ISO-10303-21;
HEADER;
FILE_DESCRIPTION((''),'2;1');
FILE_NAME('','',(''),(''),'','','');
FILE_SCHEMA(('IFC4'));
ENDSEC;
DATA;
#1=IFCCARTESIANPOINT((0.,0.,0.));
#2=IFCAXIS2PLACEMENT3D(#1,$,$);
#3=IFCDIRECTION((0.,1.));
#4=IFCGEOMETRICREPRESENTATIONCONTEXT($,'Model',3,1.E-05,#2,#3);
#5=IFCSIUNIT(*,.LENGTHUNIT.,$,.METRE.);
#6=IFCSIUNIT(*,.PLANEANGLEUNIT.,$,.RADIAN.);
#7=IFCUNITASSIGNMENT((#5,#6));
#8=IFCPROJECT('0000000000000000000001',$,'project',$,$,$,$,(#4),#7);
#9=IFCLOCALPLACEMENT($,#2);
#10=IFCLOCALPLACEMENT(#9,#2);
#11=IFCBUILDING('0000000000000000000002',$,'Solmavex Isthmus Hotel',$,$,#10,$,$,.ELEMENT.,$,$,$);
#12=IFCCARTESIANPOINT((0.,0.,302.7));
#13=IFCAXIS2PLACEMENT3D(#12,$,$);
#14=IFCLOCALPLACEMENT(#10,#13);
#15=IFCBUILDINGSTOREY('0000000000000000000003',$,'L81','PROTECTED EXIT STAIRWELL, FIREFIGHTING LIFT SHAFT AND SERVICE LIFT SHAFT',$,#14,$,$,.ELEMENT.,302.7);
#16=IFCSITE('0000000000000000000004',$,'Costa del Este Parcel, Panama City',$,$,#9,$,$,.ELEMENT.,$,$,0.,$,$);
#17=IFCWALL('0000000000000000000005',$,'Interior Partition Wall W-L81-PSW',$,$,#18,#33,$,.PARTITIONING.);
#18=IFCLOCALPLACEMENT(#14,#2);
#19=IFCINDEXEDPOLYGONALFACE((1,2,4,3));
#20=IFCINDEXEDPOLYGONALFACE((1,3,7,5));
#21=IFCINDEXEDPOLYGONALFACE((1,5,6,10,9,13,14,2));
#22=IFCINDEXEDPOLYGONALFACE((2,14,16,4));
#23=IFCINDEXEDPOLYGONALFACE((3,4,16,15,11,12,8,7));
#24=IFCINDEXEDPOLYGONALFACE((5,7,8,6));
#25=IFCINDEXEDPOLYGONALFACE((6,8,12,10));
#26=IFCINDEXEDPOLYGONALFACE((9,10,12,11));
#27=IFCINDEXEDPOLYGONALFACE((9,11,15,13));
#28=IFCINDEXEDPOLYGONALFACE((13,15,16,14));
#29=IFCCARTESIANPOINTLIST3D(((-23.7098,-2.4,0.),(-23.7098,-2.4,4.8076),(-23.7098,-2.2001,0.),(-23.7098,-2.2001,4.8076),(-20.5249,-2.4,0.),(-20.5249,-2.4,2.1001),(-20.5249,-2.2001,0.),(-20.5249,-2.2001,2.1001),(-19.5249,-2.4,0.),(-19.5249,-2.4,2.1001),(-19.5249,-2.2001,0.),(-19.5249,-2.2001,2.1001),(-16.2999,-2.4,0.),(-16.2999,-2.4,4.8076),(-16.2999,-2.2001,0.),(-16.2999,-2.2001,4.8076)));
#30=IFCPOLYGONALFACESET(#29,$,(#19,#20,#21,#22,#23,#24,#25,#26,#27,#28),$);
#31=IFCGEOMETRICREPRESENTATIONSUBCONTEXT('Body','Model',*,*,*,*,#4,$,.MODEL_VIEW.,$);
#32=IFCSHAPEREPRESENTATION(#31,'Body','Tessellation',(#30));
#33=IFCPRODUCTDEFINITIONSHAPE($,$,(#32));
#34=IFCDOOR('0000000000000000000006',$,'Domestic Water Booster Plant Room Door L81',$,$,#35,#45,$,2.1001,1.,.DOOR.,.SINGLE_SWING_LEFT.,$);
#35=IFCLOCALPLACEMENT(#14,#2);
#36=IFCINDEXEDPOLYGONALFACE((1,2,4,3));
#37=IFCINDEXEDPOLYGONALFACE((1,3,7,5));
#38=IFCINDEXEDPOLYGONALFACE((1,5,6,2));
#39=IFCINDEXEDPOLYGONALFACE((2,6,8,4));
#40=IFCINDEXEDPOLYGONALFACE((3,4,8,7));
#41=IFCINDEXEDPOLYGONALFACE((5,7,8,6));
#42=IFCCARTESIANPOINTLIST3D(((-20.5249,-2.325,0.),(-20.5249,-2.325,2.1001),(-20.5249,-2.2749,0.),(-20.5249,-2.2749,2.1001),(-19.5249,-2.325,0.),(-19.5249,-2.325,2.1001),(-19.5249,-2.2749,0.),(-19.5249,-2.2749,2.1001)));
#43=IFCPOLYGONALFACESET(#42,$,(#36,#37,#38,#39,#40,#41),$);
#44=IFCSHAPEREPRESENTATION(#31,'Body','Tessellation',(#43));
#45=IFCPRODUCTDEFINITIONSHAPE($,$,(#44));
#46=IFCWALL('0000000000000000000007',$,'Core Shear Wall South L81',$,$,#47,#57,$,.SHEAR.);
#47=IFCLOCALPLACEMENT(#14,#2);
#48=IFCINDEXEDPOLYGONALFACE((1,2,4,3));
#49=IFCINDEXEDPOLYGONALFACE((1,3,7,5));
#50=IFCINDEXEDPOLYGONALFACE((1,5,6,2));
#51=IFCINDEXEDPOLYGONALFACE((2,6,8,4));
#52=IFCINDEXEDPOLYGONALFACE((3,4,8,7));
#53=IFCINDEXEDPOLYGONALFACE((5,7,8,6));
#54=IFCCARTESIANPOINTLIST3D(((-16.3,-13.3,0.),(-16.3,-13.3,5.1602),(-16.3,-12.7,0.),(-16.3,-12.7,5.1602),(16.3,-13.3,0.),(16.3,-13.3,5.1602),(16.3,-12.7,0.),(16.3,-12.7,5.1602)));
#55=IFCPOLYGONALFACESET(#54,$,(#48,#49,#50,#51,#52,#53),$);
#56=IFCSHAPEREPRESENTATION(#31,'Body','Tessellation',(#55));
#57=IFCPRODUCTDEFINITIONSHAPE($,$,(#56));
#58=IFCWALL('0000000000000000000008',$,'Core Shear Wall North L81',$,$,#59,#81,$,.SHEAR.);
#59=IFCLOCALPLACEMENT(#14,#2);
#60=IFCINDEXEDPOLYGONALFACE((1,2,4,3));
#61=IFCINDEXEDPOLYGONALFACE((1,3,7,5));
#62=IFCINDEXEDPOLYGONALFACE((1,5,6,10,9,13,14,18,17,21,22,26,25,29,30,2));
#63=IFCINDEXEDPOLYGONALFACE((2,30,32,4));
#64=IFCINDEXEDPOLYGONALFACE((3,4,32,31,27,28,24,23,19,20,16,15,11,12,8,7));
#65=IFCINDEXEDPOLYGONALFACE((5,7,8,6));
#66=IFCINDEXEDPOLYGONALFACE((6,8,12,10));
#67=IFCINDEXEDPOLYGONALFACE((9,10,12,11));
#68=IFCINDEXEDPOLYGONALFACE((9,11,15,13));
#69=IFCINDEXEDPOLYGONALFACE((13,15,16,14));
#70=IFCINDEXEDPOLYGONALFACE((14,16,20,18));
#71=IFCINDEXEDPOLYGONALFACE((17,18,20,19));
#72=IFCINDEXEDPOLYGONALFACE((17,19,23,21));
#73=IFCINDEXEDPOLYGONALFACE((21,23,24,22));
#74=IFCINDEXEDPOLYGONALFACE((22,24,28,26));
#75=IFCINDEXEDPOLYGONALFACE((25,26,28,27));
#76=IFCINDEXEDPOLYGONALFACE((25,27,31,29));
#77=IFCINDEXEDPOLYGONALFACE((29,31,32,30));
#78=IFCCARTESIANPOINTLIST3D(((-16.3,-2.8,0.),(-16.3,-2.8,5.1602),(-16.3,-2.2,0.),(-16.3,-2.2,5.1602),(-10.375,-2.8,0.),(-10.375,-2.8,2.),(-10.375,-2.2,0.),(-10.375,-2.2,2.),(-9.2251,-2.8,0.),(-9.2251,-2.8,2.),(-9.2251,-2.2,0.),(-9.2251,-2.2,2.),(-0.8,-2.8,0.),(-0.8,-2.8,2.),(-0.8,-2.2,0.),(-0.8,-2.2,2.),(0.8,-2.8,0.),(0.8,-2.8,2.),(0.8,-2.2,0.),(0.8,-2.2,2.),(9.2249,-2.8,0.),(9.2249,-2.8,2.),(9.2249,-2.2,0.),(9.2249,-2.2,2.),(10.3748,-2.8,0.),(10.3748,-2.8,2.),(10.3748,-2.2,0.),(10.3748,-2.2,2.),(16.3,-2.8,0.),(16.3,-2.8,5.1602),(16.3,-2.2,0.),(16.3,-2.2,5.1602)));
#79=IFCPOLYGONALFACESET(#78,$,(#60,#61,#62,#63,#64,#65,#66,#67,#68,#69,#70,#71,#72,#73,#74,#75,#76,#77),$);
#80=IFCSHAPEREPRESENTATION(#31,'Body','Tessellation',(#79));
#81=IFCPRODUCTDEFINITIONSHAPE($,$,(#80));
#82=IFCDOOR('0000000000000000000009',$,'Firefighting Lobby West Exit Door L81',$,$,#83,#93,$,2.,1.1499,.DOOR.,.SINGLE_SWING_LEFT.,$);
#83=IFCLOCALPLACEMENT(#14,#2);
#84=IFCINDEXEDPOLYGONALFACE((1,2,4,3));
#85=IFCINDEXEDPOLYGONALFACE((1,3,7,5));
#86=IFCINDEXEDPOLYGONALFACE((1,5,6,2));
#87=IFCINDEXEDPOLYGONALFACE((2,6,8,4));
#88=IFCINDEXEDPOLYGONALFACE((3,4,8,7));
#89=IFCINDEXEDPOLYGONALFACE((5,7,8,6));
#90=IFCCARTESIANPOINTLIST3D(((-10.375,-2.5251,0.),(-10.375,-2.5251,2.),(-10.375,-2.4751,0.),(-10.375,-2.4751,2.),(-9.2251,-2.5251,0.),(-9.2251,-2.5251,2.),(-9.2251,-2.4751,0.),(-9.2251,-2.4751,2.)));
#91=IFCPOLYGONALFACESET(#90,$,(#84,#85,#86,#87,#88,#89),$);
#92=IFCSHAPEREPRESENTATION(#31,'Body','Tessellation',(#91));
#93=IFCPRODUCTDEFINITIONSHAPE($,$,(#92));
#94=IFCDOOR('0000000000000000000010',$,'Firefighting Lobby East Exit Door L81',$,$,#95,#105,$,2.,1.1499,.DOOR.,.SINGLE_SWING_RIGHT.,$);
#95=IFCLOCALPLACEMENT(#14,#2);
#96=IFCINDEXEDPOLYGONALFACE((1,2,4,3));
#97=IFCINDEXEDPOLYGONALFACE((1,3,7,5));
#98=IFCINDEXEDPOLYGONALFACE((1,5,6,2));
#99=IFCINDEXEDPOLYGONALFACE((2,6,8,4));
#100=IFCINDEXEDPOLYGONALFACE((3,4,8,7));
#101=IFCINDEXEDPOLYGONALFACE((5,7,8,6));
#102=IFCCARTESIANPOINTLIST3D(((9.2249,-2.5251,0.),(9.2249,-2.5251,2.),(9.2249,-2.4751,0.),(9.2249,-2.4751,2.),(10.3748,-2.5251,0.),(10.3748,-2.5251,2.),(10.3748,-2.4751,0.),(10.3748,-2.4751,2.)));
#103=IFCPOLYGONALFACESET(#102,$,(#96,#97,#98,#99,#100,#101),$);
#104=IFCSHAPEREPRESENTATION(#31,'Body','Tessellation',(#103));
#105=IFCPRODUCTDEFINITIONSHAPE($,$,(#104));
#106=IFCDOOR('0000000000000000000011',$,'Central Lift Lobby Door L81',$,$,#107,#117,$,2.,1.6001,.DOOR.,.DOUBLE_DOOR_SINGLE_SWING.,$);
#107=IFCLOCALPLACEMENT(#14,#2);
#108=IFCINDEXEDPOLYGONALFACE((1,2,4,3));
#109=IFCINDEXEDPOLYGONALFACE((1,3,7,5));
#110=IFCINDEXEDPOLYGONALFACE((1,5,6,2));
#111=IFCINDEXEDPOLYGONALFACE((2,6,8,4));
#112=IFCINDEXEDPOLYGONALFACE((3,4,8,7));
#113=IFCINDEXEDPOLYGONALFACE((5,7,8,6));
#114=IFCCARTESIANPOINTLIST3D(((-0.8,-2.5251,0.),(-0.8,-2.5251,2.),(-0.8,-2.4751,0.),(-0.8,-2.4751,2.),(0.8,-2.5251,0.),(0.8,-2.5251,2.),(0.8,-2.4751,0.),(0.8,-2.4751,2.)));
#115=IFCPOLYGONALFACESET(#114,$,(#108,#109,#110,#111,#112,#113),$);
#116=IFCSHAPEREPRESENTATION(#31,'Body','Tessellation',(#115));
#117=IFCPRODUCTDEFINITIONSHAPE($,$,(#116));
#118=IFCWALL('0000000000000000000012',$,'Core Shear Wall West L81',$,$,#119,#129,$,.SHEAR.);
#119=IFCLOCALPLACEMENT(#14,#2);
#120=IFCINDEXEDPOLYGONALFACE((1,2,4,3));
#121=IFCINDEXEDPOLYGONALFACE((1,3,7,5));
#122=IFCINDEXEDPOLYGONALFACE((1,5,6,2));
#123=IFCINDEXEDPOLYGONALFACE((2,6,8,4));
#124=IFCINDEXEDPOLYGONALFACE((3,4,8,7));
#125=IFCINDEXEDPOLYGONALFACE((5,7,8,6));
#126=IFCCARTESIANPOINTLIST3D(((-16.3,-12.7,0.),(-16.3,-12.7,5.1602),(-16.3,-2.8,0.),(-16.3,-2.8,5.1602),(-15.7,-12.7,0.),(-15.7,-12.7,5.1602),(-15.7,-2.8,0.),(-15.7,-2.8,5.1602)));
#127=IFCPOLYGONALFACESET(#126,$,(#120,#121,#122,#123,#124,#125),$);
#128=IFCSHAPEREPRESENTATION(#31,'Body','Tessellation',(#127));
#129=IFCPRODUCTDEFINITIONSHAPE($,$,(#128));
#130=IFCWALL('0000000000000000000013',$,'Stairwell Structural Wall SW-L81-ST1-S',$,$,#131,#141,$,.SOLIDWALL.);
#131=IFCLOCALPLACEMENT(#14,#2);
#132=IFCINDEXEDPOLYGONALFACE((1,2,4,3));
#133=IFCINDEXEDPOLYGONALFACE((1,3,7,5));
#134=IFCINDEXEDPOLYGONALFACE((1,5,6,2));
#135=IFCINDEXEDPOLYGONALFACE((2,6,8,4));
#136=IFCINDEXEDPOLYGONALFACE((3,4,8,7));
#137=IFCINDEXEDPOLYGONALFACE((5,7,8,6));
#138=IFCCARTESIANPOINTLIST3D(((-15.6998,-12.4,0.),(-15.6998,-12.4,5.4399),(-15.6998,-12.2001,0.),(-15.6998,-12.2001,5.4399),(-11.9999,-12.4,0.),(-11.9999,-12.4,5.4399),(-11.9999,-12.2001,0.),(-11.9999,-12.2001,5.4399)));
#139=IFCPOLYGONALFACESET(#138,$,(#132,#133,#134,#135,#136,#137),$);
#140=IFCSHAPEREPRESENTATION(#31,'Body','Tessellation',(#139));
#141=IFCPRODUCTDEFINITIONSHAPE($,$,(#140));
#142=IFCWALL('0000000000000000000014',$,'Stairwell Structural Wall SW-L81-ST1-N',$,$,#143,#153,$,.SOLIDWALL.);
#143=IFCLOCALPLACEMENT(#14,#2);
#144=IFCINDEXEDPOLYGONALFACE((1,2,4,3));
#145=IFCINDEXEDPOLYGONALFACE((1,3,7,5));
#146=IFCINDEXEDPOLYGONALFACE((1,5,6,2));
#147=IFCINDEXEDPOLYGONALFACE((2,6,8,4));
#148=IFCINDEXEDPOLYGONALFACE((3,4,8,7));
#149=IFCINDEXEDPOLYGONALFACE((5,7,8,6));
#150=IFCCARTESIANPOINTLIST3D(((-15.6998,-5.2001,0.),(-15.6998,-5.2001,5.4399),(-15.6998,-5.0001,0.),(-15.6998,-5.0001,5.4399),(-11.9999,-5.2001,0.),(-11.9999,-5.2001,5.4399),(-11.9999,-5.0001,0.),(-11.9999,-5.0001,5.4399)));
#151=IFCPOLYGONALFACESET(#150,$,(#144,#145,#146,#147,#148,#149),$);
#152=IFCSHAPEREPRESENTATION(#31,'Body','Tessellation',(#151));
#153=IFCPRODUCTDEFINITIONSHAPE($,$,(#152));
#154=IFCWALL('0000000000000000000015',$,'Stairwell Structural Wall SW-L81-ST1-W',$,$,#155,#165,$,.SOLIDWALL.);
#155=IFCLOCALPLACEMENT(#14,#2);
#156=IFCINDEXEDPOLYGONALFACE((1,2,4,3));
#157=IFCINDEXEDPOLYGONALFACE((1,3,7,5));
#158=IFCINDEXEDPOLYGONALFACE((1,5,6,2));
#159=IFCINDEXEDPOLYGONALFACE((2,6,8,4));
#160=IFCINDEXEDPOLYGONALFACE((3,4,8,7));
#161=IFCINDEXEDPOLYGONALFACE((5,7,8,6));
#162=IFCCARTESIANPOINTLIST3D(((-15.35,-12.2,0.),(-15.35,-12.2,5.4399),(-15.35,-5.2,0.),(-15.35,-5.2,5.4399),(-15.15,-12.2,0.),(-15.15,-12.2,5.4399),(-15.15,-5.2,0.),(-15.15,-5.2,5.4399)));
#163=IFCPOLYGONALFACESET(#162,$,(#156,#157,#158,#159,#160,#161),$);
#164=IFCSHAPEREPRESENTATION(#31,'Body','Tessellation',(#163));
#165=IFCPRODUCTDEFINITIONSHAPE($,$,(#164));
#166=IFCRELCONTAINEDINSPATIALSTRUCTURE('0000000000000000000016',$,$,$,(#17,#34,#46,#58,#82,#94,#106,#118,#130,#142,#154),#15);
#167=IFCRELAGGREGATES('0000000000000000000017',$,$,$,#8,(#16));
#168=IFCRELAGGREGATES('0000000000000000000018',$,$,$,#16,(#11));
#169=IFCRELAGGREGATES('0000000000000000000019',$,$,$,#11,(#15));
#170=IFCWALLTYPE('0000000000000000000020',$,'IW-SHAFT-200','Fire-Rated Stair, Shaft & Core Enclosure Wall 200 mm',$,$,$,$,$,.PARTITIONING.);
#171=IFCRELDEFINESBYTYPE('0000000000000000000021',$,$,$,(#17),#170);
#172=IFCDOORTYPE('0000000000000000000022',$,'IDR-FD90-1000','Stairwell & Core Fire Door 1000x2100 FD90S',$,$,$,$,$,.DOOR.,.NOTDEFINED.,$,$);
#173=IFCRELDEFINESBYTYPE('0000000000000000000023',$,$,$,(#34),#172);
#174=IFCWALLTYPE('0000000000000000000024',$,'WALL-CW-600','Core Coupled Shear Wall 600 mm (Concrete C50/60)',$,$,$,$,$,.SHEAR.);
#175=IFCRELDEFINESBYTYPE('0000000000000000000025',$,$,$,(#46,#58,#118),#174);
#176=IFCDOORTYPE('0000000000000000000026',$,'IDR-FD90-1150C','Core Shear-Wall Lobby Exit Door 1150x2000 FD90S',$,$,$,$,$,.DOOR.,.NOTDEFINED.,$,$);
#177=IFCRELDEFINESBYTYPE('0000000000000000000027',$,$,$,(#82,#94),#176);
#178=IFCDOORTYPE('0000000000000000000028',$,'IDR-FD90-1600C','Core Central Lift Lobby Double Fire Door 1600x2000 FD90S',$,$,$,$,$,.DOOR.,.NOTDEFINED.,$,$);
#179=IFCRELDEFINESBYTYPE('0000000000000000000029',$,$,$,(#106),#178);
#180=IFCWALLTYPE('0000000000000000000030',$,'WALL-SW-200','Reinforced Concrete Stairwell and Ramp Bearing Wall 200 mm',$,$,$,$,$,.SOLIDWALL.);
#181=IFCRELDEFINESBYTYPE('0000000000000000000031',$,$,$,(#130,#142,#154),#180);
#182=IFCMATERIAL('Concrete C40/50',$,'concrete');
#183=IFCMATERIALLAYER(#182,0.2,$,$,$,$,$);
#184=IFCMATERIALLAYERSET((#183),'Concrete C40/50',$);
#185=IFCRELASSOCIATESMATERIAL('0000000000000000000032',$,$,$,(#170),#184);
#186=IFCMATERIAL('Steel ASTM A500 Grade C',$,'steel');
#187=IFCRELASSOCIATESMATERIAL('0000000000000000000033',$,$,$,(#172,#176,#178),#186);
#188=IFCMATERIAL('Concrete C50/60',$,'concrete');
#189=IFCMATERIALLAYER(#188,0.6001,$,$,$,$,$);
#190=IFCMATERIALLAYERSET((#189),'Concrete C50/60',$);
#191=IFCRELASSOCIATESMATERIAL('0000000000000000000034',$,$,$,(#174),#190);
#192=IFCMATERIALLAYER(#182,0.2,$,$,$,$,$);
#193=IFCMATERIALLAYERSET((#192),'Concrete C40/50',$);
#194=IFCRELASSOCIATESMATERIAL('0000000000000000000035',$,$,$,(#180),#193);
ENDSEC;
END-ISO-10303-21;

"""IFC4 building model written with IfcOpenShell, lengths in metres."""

from ifc_helpers import new_model, si_unit, direction, frame, frame_2d, origin, place, context, subcontext, project, spatial, rectangle, extrude, material, layer, layer_set, type_object, element, fill, save


model = new_model("IFC4")

# Units and contexts
model_context = context("Model", 3, precision=1e-05, world=origin(), true_north=direction((0.0, 1.0)))
body_context = subcontext(model_context, "Body", "Model", "MODEL_VIEW")
ifc_project = project(units=[si_unit("LENGTHUNIT", "METRE"), si_unit("PLANEANGLEUNIT", "RADIAN")], contexts=[model_context])

# Site, building, storey
site_placement = place(None, origin())
site = spatial("IfcSite", under=ifc_project, at=site_placement, Name="Costa del Este Parcel, Panama City", CompositionType="ELEMENT", RefElevation=0.0)
building_placement = place(site_placement, origin())
building = spatial("IfcBuilding", under=site, at=building_placement, Name="Solmavex Isthmus Hotel", CompositionType="ELEMENT")
storey_placement = place(building_placement, frame((0.0, 0.0, 302.7)))
storey = spatial("IfcBuildingStorey", under=building, at=storey_placement, Name="L81", Description="PROTECTED EXIT STAIRWELL, FIREFIGHTING LIFT SHAFT AND SERVICE LIFT SHAFT", CompositionType="ELEMENT", Elevation=302.7)

# Shared definitions
ifc_material_1 = material(Name="Concrete C50/60", Category="concrete")

# Wall, opening, door
ifc_material_2 = material(Name="Concrete C40/50", Category="concrete")
ifc_layer_1 = layer(ifc_material_2, 0.2)
ifc_layer_set_1 = layer_set([ifc_layer_1], Name="Concrete C40/50")
wall_type_1 = type_object("IfcWallType", Name="IW-SHAFT-200", Description="Fire-Rated Stair, Shaft & Core Enclosure Wall 200 mm", PredefinedType="PARTITIONING", material=ifc_layer_set_1)
wall_1_placement = place(storey_placement, frame((-23.71, -2.3, 0.0), z_axis=(0.0, 0.0, 1.0), x_axis=(1.0, 0.0, 0.0)))
wall_1 = element("IfcWall", 1, at=wall_1_placement, inside=storey, type_object=wall_type_1, Name="Interior Partition Wall W-L81-PSW", PredefinedType="PARTITIONING", context=body_context, shape_type="SweptSolid", body=[
    extrude(rectangle(XDim=7.4099, YDim=0.2, at=frame_2d((3.7051, 0.0))), origin(), (0.0, 0.0, 1.0), 4.8076),
])
opening_1_placement = place(wall_1_placement, frame((3.1851, 0.0, 0.0)))
opening_1 = element("IfcOpeningElement", 2, at=opening_1_placement, cuts=wall_1, PredefinedType="OPENING", context=body_context, shape_type="SweptSolid", body=[
    extrude(rectangle(XDim=1.0, YDim=2.1001, at=frame_2d((0.5, 1.05))), frame((0.0, 0.1099, 0.0), z_axis=(0.0, -1.0, 0.0), x_axis=(1.0, 0.0, 0.0)), (0.0, 0.0, 1.0), 0.22),
])
ifc_material_3 = material(Name="Steel ASTM A500 Grade C", Category="steel")
door_type_1 = type_object("IfcDoorType", Name="IDR-FD90-1000", Description="Stairwell & Core Fire Door 1000x2100 FD90S", OperationType="NOTDEFINED", PredefinedType="DOOR", material=ifc_material_3)
door_1_placement = place(opening_1_placement, frame((1.0, 0.0, 0.0), z_axis=(0.0, 0.0, 1.0), x_axis=(-1.0, 0.0, 0.0)))
door_1 = element("IfcDoor", 3, at=door_1_placement, inside=storey, type_object=door_type_1, Name="Domestic Water Booster Plant Room Door L81", OperationType="SINGLE_SWING_LEFT", OverallHeight=2.1001, OverallWidth=1.0, PredefinedType="DOOR", context=body_context, shape_type="SweptSolid", body=[
    extrude(rectangle(XDim=1.0, YDim=2.1001, at=frame_2d((0.5, 1.05))), frame((0.0, 0.0249, 0.0), z_axis=(0.0, -1.0, 0.0), x_axis=(1.0, 0.0, 0.0)), (0.0, 0.0, 1.0), 0.05),
])
fill(opening_1, door_1)

# Wall
ifc_layer_2 = layer(ifc_material_1, 0.6001)
ifc_layer_set_2 = layer_set([ifc_layer_2], Name="Concrete C50/60")
wall_type_2 = type_object("IfcWallType", Name="WALL-CW-600", Description="Core Coupled Shear Wall 600 mm (Concrete C50/60)", PredefinedType="SHEAR", material=ifc_layer_set_2)
wall_2_placement = place(storey_placement, frame((-16.3, -13.0, 0.0), z_axis=(0.0, 0.0, 1.0), x_axis=(1.0, 0.0, 0.0)))
element("IfcWall", 4, at=wall_2_placement, inside=storey, type_object=wall_type_2, Name="Core Shear Wall South L81", PredefinedType="SHEAR", context=body_context, shape_type="SweptSolid", body=[
    extrude(rectangle(XDim=32.6001, YDim=0.6001, at=frame_2d((16.3, 0.0))), origin(), (0.0, 0.0, 1.0), 5.1602),
])

# Wall, openings, doors
wall_3_placement = place(storey_placement, frame((-16.3, -2.5, 0.0), z_axis=(0.0, 0.0, 1.0), x_axis=(1.0, 0.0, 0.0)))
wall_3 = element("IfcWall", 5, at=wall_3_placement, inside=storey, type_object=wall_type_2, Name="Core Shear Wall North L81", PredefinedType="SHEAR", context=body_context, shape_type="SweptSolid", body=[
    extrude(rectangle(XDim=32.6001, YDim=0.6001, at=frame_2d((16.3, 0.0))), origin(), (0.0, 0.0, 1.0), 5.1602),
])
opening_2_placement = place(wall_3_placement, frame((5.925, 0.0, 0.0)))
opening_2 = element("IfcOpeningElement", 6, at=opening_2_placement, cuts=wall_3, PredefinedType="OPENING", context=body_context, shape_type="SweptSolid", body=[
    extrude(rectangle(XDim=1.1499, YDim=2.0, at=frame_2d((0.575, 1.0))), frame((0.0, 0.3101, 0.0), z_axis=(0.0, -1.0, 0.0), x_axis=(1.0, 0.0, 0.0)), (0.0, 0.0, 1.0), 0.6201),
])
opening_3_placement = place(wall_3_placement, frame((15.5, 0.0, 0.0)))
opening_3 = element("IfcOpeningElement", 7, at=opening_3_placement, cuts=wall_3, PredefinedType="OPENING", context=body_context, shape_type="SweptSolid", body=[
    extrude(rectangle(XDim=1.6001, YDim=2.0, at=frame_2d((0.8, 1.0))), frame((0.0, 0.3101, 0.0), z_axis=(0.0, -1.0, 0.0), x_axis=(1.0, 0.0, 0.0)), (0.0, 0.0, 1.0), 0.6201),
])
opening_4_placement = place(wall_3_placement, frame((25.5249, 0.0, 0.0)))
opening_4 = element("IfcOpeningElement", 8, at=opening_4_placement, cuts=wall_3, PredefinedType="OPENING", context=body_context, shape_type="SweptSolid", body=[
    extrude(rectangle(XDim=1.1499, YDim=2.0, at=frame_2d((0.575, 1.0))), frame((0.0, 0.3101, 0.0), z_axis=(0.0, -1.0, 0.0), x_axis=(1.0, 0.0, 0.0)), (0.0, 0.0, 1.0), 0.6201),
])
door_type_2 = type_object("IfcDoorType", Name="IDR-FD90-1150C", Description="Core Shear-Wall Lobby Exit Door 1150x2000 FD90S", OperationType="NOTDEFINED", PredefinedType="DOOR", material=ifc_material_3)
door_2_placement = place(opening_2_placement, origin())
door_2 = element("IfcDoor", 9, at=door_2_placement, inside=storey, type_object=door_type_2, Name="Firefighting Lobby West Exit Door L81", OperationType="SINGLE_SWING_LEFT", OverallHeight=2.0, OverallWidth=1.1499, PredefinedType="DOOR", context=body_context, shape_type="SweptSolid", body=[
    extrude(rectangle(XDim=1.1499, YDim=2.0, at=frame_2d((0.575, 1.0))), frame((0.0, 0.0249, 0.0), z_axis=(0.0, -1.0, 0.0), x_axis=(1.0, 0.0, 0.0)), (0.0, 0.0, 1.0), 0.05),
])
fill(opening_2, door_2)
door_3_placement = place(opening_4_placement, origin())
door_3 = element("IfcDoor", 10, at=door_3_placement, inside=storey, type_object=door_type_2, Name="Firefighting Lobby East Exit Door L81", OperationType="SINGLE_SWING_RIGHT", OverallHeight=2.0, OverallWidth=1.1499, PredefinedType="DOOR", context=body_context, shape_type="SweptSolid", body=[
    extrude(rectangle(XDim=1.1499, YDim=2.0, at=frame_2d((0.575, 1.0))), frame((0.0, 0.0249, 0.0), z_axis=(0.0, -1.0, 0.0), x_axis=(1.0, 0.0, 0.0)), (0.0, 0.0, 1.0), 0.05),
])
fill(opening_4, door_3)
door_type_3 = type_object("IfcDoorType", Name="IDR-FD90-1600C", Description="Core Central Lift Lobby Double Fire Door 1600x2000 FD90S", OperationType="NOTDEFINED", PredefinedType="DOOR", material=ifc_material_3)
door_4_placement = place(opening_3_placement, origin())
door_4 = element("IfcDoor", 11, at=door_4_placement, inside=storey, type_object=door_type_3, Name="Central Lift Lobby Door L81", OperationType="DOUBLE_DOOR_SINGLE_SWING", OverallHeight=2.0, OverallWidth=1.6001, PredefinedType="DOOR", context=body_context, shape_type="SweptSolid", body=[
    extrude(rectangle(XDim=1.6001, YDim=2.0, at=frame_2d((0.8, 1.0))), frame((0.0, 0.0249, 0.0), z_axis=(0.0, -1.0, 0.0), x_axis=(1.0, 0.0, 0.0)), (0.0, 0.0, 1.0), 0.05),
])
fill(opening_3, door_4)

# Walls
wall_4_placement = place(storey_placement, frame((-16.0, -12.7, 0.0), z_axis=(0.0, 0.0, 1.0), x_axis=(0.0, 1.0, 0.0)))
element("IfcWall", 12, at=wall_4_placement, inside=storey, type_object=wall_type_2, Name="Core Shear Wall West L81", PredefinedType="SHEAR", context=body_context, shape_type="SweptSolid", body=[
    extrude(rectangle(XDim=9.8999, YDim=0.6001, at=frame_2d((4.95, 0.0))), origin(), (0.0, 0.0, 1.0), 5.1602),
])
ifc_layer_3 = layer(ifc_material_2, 0.2)
ifc_layer_set_3 = layer_set([ifc_layer_3], Name="Concrete C40/50")
wall_type_3 = type_object("IfcWallType", Name="WALL-SW-200", Description="Reinforced Concrete Stairwell and Ramp Bearing Wall 200 mm", PredefinedType="SOLIDWALL", material=ifc_layer_set_3)
for number, where, z_axis, x_axis, name in (
    (13, (-15.7, -12.3, 0.0), (0.0, 0.0, 1.0), (1.0, 0.0, 0.0), "Stairwell Structural Wall SW-L81-ST1-S"),
    (14, (-15.7, -5.1001, 0.0), (0.0, 0.0, 1.0), (1.0, 0.0, 0.0), "Stairwell Structural Wall SW-L81-ST1-N"),
):
    element("IfcWall", number, at=place(storey_placement, frame(where, z_axis=z_axis, x_axis=x_axis)), inside=storey, type_object=wall_type_3, Name=name, PredefinedType="SOLIDWALL", context=body_context, shape_type="SweptSolid", body=[
        extrude(rectangle(XDim=3.7, YDim=0.2, at=frame_2d((1.8501, 0.0))), origin(), (0.0, 0.0, 1.0), 5.4399),
    ])
wall_5_placement = place(storey_placement, frame((-15.25, -12.2, 0.0), z_axis=(0.0, 0.0, 1.0), x_axis=(0.0, 1.0, 0.0)))
element("IfcWall", 15, at=wall_5_placement, inside=storey, type_object=wall_type_3, Name="Stairwell Structural Wall SW-L81-ST1-W", PredefinedType="SOLIDWALL", context=body_context, shape_type="SweptSolid", body=[
    extrude(rectangle(XDim=7.0, YDim=0.2, at=frame_2d((3.5, 0.0))), origin(), (0.0, 0.0, 1.0), 5.4399),
])

save(model, "model.ifc")
